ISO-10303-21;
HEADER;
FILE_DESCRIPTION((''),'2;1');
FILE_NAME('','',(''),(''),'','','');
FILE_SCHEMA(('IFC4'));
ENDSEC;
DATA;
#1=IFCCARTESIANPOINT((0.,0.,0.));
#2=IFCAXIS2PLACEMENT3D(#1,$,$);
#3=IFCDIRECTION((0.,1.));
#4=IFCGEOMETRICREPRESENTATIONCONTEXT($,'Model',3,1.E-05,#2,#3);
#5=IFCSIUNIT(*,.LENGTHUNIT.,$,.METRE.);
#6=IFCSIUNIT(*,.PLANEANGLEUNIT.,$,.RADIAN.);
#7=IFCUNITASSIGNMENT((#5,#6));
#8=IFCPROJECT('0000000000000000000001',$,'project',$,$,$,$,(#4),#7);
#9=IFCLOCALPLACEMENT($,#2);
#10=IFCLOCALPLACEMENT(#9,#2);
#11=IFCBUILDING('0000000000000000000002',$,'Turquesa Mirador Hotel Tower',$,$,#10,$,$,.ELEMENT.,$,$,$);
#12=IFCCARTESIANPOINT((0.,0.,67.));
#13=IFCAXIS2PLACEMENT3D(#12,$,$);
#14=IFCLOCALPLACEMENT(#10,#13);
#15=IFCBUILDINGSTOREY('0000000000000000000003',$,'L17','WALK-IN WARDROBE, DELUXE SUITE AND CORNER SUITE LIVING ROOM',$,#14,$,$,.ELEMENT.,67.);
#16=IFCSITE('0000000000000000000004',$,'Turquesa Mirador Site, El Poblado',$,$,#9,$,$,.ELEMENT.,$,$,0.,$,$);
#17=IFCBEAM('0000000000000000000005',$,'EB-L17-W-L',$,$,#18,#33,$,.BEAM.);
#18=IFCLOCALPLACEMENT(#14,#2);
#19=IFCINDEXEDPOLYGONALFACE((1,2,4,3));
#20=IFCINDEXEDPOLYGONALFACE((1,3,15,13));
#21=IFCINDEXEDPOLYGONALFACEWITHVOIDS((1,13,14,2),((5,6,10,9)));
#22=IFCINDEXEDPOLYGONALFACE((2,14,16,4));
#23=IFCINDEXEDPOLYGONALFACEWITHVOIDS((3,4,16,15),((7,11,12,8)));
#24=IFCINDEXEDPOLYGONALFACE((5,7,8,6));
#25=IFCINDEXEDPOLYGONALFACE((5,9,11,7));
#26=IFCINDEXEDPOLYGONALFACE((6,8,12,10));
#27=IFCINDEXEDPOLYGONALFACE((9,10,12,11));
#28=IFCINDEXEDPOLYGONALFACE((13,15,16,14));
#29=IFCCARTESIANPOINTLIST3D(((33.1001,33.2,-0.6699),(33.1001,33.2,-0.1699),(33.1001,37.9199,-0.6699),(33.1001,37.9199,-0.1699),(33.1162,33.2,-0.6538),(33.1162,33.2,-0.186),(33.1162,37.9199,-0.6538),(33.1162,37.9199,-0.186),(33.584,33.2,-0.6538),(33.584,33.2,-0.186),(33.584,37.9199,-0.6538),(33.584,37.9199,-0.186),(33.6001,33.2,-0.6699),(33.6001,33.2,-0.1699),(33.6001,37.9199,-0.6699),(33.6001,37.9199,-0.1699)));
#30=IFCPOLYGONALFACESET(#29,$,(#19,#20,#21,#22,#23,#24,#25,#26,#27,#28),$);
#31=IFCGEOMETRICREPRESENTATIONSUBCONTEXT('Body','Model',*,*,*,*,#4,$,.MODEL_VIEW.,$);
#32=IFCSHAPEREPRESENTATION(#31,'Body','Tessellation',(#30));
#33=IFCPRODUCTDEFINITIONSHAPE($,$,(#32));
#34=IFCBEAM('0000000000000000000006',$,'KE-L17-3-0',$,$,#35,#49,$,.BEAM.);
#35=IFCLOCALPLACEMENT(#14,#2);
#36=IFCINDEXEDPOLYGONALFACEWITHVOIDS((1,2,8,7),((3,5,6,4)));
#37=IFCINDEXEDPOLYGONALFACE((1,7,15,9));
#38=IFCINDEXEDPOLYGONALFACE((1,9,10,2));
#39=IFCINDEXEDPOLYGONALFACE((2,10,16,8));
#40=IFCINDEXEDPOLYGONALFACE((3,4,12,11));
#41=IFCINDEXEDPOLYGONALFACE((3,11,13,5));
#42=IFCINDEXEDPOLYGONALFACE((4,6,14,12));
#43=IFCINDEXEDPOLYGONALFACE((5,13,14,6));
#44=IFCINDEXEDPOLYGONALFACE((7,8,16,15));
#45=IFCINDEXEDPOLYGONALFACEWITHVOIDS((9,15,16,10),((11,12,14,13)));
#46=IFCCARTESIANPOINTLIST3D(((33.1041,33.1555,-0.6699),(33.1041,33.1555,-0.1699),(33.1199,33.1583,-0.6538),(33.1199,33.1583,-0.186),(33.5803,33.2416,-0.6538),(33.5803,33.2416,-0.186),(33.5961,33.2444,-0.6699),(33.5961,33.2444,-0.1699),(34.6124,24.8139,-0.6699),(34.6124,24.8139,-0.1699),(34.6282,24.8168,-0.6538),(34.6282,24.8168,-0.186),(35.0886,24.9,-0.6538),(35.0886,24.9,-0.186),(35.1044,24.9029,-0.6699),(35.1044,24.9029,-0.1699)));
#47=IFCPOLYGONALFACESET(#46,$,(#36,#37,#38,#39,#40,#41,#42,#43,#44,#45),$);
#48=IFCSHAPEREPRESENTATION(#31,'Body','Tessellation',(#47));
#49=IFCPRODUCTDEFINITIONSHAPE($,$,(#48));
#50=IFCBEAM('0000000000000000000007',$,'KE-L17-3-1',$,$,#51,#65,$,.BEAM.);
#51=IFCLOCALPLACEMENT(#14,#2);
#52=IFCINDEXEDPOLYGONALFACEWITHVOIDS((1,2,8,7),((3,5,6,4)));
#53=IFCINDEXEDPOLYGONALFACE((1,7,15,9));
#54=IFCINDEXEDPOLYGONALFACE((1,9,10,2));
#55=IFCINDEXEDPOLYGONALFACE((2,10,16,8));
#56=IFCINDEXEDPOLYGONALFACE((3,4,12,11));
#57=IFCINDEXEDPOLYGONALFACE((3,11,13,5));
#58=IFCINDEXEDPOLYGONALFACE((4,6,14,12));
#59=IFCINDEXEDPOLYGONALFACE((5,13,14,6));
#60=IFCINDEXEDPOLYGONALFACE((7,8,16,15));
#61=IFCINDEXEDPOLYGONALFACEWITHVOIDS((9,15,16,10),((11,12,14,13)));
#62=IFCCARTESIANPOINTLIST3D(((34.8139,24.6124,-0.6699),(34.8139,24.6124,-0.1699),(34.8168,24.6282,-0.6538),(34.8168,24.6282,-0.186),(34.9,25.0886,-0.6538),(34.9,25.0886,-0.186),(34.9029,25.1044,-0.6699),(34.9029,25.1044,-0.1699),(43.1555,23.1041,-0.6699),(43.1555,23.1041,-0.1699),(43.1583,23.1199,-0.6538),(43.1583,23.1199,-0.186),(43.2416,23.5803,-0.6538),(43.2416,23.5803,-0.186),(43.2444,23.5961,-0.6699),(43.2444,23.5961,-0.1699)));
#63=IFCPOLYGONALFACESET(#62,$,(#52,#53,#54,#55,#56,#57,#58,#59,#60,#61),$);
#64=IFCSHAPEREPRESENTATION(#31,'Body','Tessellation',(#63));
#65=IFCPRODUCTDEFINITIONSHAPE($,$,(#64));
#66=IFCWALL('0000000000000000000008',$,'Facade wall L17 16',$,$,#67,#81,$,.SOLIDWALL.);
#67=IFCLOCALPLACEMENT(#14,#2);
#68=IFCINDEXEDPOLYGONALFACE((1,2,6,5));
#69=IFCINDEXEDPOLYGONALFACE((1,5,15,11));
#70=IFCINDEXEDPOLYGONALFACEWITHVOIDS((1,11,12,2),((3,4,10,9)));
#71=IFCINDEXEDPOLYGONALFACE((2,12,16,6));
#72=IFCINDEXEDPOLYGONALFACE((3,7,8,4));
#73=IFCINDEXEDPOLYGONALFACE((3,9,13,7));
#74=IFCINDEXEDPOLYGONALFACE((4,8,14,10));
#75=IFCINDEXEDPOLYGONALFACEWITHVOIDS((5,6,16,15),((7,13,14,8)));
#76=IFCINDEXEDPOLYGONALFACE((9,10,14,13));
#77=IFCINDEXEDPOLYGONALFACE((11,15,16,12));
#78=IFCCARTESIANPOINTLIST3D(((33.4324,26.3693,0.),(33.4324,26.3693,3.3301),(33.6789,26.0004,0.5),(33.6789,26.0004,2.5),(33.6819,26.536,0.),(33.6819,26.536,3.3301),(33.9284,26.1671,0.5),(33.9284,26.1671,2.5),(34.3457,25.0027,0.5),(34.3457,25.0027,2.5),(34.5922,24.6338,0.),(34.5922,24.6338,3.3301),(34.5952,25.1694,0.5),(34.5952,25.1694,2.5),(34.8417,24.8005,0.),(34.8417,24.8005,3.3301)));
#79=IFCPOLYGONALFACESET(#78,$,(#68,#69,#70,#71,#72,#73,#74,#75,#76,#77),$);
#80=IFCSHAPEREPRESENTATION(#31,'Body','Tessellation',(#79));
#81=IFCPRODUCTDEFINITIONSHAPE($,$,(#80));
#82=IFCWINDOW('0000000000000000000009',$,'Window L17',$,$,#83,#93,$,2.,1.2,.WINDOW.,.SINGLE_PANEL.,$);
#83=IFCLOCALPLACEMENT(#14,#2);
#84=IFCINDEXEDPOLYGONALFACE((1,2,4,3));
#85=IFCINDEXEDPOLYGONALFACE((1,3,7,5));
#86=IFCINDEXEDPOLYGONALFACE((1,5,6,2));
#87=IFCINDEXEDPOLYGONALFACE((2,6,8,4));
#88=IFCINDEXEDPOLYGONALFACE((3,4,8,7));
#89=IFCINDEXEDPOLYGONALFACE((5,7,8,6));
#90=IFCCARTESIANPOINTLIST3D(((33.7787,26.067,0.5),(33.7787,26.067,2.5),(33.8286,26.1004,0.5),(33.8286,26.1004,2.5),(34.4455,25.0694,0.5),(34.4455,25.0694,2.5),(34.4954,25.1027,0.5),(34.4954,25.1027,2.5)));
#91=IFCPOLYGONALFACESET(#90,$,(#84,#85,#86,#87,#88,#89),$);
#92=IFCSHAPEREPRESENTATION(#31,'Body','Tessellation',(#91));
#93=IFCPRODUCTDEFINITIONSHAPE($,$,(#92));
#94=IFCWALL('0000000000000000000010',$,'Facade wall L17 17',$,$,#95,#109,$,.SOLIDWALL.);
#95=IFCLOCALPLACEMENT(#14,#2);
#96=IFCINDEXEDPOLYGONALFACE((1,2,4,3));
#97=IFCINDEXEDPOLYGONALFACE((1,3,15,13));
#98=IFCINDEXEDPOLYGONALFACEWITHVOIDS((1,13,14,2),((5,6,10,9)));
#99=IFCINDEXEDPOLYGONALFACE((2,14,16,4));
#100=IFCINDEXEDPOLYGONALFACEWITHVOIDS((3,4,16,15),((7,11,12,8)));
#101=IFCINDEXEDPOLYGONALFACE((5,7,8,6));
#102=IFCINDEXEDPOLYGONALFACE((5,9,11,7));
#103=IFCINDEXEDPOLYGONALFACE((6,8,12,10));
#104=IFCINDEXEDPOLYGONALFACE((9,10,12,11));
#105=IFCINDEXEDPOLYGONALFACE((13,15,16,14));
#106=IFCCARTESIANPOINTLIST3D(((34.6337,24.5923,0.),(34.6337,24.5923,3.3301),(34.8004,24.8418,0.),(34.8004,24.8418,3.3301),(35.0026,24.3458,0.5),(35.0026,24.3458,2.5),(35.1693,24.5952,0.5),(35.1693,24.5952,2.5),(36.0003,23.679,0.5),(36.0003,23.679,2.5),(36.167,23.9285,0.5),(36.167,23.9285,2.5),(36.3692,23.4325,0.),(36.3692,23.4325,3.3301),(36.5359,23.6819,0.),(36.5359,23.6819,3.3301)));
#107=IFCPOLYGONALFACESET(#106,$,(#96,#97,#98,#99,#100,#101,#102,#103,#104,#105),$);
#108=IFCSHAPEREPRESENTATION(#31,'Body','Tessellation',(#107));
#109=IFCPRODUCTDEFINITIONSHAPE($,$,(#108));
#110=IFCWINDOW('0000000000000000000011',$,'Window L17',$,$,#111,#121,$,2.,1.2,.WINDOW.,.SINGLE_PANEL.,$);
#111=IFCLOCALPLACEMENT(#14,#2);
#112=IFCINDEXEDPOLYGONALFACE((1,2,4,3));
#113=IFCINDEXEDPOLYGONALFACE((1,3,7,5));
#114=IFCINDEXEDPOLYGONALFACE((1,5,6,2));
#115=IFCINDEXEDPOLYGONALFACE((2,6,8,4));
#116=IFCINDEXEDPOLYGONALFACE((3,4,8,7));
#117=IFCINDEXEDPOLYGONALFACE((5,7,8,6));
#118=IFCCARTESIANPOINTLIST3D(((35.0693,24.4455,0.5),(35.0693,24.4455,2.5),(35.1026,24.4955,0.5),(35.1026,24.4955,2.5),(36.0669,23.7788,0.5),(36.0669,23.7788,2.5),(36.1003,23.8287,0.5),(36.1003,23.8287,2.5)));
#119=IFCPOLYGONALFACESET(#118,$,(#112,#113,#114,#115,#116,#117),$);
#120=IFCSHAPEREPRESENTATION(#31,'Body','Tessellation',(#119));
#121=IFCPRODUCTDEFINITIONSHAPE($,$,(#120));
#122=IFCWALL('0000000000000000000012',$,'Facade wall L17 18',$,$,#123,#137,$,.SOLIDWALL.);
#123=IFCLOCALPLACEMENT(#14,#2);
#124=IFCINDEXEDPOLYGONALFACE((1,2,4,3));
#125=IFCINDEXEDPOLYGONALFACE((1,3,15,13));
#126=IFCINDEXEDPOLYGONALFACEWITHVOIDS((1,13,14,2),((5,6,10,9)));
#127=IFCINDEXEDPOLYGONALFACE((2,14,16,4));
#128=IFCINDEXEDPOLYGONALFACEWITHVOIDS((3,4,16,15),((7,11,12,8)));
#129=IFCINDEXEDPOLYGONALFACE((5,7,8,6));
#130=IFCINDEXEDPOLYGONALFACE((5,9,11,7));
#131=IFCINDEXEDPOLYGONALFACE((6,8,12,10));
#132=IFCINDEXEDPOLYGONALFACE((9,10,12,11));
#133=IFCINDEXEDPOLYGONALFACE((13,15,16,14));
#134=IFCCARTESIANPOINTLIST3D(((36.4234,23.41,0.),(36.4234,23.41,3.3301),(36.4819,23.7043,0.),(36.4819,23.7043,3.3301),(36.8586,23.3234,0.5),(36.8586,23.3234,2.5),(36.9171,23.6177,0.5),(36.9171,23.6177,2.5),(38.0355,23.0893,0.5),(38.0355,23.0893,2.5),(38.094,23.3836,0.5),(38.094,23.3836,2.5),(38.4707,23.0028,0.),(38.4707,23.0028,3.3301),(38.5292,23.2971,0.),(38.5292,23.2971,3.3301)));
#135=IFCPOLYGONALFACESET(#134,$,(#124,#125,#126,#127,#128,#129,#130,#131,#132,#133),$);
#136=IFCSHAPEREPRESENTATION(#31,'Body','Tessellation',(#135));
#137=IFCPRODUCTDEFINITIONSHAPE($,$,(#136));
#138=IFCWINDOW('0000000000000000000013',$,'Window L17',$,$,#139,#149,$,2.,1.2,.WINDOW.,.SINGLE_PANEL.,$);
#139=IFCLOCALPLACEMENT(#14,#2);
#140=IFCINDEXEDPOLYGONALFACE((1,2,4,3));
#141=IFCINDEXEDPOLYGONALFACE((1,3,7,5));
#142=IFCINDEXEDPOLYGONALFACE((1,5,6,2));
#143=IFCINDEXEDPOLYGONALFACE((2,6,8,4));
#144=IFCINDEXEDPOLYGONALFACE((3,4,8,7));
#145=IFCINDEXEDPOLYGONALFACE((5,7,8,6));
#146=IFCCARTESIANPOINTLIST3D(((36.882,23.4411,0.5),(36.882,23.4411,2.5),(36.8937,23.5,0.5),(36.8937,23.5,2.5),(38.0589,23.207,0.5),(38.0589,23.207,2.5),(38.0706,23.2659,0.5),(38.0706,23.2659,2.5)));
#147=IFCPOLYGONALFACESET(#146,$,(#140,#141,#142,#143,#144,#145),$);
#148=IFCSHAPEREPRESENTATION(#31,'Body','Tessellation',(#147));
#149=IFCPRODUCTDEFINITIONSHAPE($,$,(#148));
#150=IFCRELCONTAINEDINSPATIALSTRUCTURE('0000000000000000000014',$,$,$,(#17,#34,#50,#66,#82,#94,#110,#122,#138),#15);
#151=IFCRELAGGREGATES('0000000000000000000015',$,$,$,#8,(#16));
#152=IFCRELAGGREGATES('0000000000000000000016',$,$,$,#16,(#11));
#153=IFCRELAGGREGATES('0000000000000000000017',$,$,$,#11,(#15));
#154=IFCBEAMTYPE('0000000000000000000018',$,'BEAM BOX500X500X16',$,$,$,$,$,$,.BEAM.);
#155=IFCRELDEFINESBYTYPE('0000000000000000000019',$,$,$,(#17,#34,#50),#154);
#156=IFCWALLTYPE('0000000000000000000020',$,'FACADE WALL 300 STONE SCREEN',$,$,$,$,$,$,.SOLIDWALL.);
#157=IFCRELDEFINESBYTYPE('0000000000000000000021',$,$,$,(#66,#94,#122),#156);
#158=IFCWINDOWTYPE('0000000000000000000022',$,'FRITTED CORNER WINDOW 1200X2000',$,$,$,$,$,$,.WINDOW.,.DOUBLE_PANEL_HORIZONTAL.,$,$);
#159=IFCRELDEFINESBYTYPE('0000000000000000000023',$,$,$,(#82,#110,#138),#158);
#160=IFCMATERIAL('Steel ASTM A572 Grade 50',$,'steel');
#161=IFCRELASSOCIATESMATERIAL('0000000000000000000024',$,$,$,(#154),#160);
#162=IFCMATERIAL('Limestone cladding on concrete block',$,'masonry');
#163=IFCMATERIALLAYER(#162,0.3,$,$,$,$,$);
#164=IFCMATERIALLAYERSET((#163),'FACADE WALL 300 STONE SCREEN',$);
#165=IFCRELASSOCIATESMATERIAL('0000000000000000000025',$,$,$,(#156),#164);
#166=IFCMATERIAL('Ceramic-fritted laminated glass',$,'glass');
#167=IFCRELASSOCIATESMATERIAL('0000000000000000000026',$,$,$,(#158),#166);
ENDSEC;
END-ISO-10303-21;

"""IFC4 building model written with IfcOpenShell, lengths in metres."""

from ifc_helpers import new_model, si_unit, direction, frame, frame_2d, origin, origin_2d, place, context, subcontext, project, spatial, rectangle, hollow_rectangle, extrude, material, layer, layer_set, material_profile, profile_set, type_object, element, fill, save


model = new_model("IFC4")

# Units and contexts
model_context = context("Model", 3, precision=1e-05, world=origin(), true_north=direction((0.0, 1.0)))
body_context = subcontext(model_context, "Body", "Model", "MODEL_VIEW")
ifc_project = project(units=[si_unit("LENGTHUNIT", "METRE"), si_unit("PLANEANGLEUNIT", "RADIAN")], contexts=[model_context])

# Site, building, storey
site_placement = place(None, origin())
site = spatial("IfcSite", under=ifc_project, at=site_placement, Name="Turquesa Mirador Site, El Poblado", CompositionType="ELEMENT", RefElevation=0.0)
building_placement = place(site_placement, origin())
building = spatial("IfcBuilding", under=site, at=building_placement, Name="Turquesa Mirador Hotel Tower", CompositionType="ELEMENT")
storey_placement = place(building_placement, frame((0.0, 0.0, 67.0)))
storey = spatial("IfcBuildingStorey", under=building, at=storey_placement, Name="L17", Description="WALK-IN WARDROBE, DELUXE SUITE AND CORNER SUITE LIVING ROOM", CompositionType="ELEMENT", Elevation=67.0)

# Beams
ifc_material_1 = material(Name="Steel ASTM A572 Grade 50", Category="steel")
ifc_material_profile = material_profile(ifc_material_1, hollow_rectangle(XDim=0.5, YDim=0.5, WallThickness=0.0161, at=origin_2d()), Name="BOX500X500X16")
ifc_profile_set = profile_set([ifc_material_profile], Name="Steel ASTM A572 Grade 50")
beam_type = type_object("IfcBeamType", Name="BEAM BOX500X500X16", PredefinedType="BEAM", material=ifc_profile_set)
beam_placement = place(storey_placement, frame((33.3501, 33.2, -0.4199), z_axis=(0.0, 1.0, 0.0), x_axis=(-1.0, 0.0, 0.0)))
element("IfcBeam", 1, at=beam_placement, inside=storey, type_object=beam_type, Name="EB-L17-W-L", PredefinedType="BEAM", context=body_context, shape_type="SweptSolid", body=[
    extrude(hollow_rectangle(XDim=0.5, YDim=0.5, WallThickness=0.0161, at=origin_2d()), origin(), (0.0, 0.0, 1.0), 4.72),
])
for number, where, z_axis, x_axis, name in (
    (2, (33.3501, 33.2, -0.4199), (0.177932, -0.984043, 0.0), (0.984043, 0.177932, 0.0), "KE-L17-3-0"),
    (3, (34.8584, 24.8584, -0.4199), (0.984043, -0.177932, 0.0), (0.177932, 0.984043, 0.0), "KE-L17-3-1"),
):
    element("IfcBeam", number, at=place(storey_placement, frame(where, z_axis=z_axis, x_axis=x_axis)), inside=storey, type_object=beam_type, Name=name, PredefinedType="BEAM", context=body_context, shape_type="SweptSolid", body=[
        extrude(hollow_rectangle(XDim=0.5, YDim=0.5, WallThickness=0.0161, at=origin_2d()), origin(), (0.0, 0.0, 1.0), 8.4768),
    ])

# Walls, openings, windows
ifc_material_2 = material(Name="Limestone cladding on concrete block", Category="masonry")
ifc_layer_1 = layer(ifc_material_2, 0.3)
ifc_layer_set_1 = layer_set([ifc_layer_1], Name="FACADE WALL 300 STONE SCREEN")
wall_type_1 = type_object("IfcWallType", Name="FACADE WALL 300 STONE SCREEN", PredefinedType="SOLIDWALL", material=ifc_layer_set_1)
wall_1_placement = place(storey_placement, frame((33.5571, 26.4526, 0.0), z_axis=(0.0, 0.0, 1.0), x_axis=(0.555644, -0.83142, 0.0)))
wall_1 = element("IfcWall", 4, at=wall_1_placement, inside=storey, type_object=wall_type_1, Name="Facade wall L17 16", PredefinedType="SOLIDWALL", context=body_context, shape_type="SweptSolid", body=[
    extrude(rectangle(XDim=2.0874, YDim=0.3, at=frame_2d((1.0437, 0.0))), origin(), (0.0, 0.0, 1.0), 3.3301),
])
opening_1_placement = place(wall_1_placement, frame((0.4436, 0.0, 0.5)))
opening_1 = element("IfcOpeningElement", 5, at=opening_1_placement, cuts=wall_1, PredefinedType="OPENING", context=body_context, shape_type="SweptSolid", body=[
    extrude(rectangle(XDim=1.2, YDim=2.0, at=frame_2d((0.6001, 1.0))), frame((0.0, 0.1599, 0.0), z_axis=(0.0, -1.0, 0.0), x_axis=(1.0, 0.0, 0.0)), (0.0, 0.0, 1.0), 0.3201),
])
ifc_material_3 = material(Name="Ceramic-fritted laminated glass", Category="glass")
window_type_1 = type_object("IfcWindowType", Name="FRITTED CORNER WINDOW 1200X2000", PartitioningType="DOUBLE_PANEL_HORIZONTAL", PredefinedType="WINDOW", material=ifc_material_3)
window_1_placement = place(opening_1_placement, origin())
window_1 = element("IfcWindow", 6, at=window_1_placement, inside=storey, type_object=window_type_1, Name="Window L17", OverallHeight=2.0, OverallWidth=1.2, PartitioningType="SINGLE_PANEL", PredefinedType="WINDOW", context=body_context, shape_type="SweptSolid", body=[
    extrude(rectangle(XDim=1.2, YDim=2.0, at=frame_2d((0.6001, 1.0))), frame((0.0, 0.03, 0.0), z_axis=(0.0, -1.0, 0.0), x_axis=(1.0, 0.0, 0.0)), (0.0, 0.0, 1.0), 0.0601),
])
fill(opening_1, window_1)
wall_2_placement = place(storey_placement, frame((34.717, 24.717, 0.0), z_axis=(0.0, 0.0, 1.0), x_axis=(0.83142, -0.555644, 0.0)))
wall_2 = element("IfcWall", 7, at=wall_2_placement, inside=storey, type_object=wall_type_1, Name="Facade wall L17 17", PredefinedType="SOLIDWALL", context=body_context, shape_type="SweptSolid", body=[
    extrude(rectangle(XDim=2.0874, YDim=0.3, at=frame_2d((1.0437, 0.0))), origin(), (0.0, 0.0, 1.0), 3.3301),
])
opening_2_placement = place(wall_2_placement, frame((0.4436, 0.0, 0.5)))
opening_2 = element("IfcOpeningElement", 8, at=opening_2_placement, cuts=wall_2, PredefinedType="OPENING", context=body_context, shape_type="SweptSolid", body=[
    extrude(rectangle(XDim=1.2, YDim=2.0, at=frame_2d((0.6001, 1.0))), frame((0.0, 0.1599, 0.0), z_axis=(0.0, -1.0, 0.0), x_axis=(1.0, 0.0, 0.0)), (0.0, 0.0, 1.0), 0.3201),
])
window_2_placement = place(opening_2_placement, origin())
window_2 = element("IfcWindow", 9, at=window_2_placement, inside=storey, type_object=window_type_1, Name="Window L17", OverallHeight=2.0, OverallWidth=1.2, PartitioningType="SINGLE_PANEL", PredefinedType="WINDOW", context=body_context, shape_type="SweptSolid", body=[
    extrude(rectangle(XDim=1.2, YDim=2.0, at=frame_2d((0.6001, 1.0))), frame((0.0, 0.03, 0.0), z_axis=(0.0, -1.0, 0.0), x_axis=(1.0, 0.0, 0.0)), (0.0, 0.0, 1.0), 0.0601),
])
fill(opening_2, window_2)
wall_3_placement = place(storey_placement, frame((36.4526, 23.5571, 0.0), z_axis=(0.0, 0.0, 1.0), x_axis=(0.980787, -0.195081, 0.0)))
wall_3 = element("IfcWall", 10, at=wall_3_placement, inside=storey, type_object=wall_type_1, Name="Facade wall L17 18", PredefinedType="SOLIDWALL", context=body_context, shape_type="SweptSolid", body=[
    extrude(rectangle(XDim=2.0874, YDim=0.3, at=frame_2d((1.0437, 0.0))), origin(), (0.0, 0.0, 1.0), 3.3301),
])
opening_3_placement = place(wall_3_placement, frame((0.4436, 0.0, 0.5)))
opening_3 = element("IfcOpeningElement", 11, at=opening_3_placement, cuts=wall_3, PredefinedType="OPENING", context=body_context, shape_type="SweptSolid", body=[
    extrude(rectangle(XDim=1.2, YDim=2.0, at=frame_2d((0.6001, 1.0))), frame((0.0, 0.1599, 0.0), z_axis=(0.0, -1.0, 0.0), x_axis=(1.0, 0.0, 0.0)), (0.0, 0.0, 1.0), 0.3201),
])
window_3_placement = place(opening_3_placement, origin())
window_3 = element("IfcWindow", 12, at=window_3_placement, inside=storey, type_object=window_type_1, Name="Window L17", OverallHeight=2.0, OverallWidth=1.2, PartitioningType="SINGLE_PANEL", PredefinedType="WINDOW", context=body_context, shape_type="SweptSolid", body=[
    extrude(rectangle(XDim=1.2, YDim=2.0, at=frame_2d((0.6001, 1.0))), frame((0.0, 0.03, 0.0), z_axis=(0.0, -1.0, 0.0), x_axis=(1.0, 0.0, 0.0)), (0.0, 0.0, 1.0), 0.0601),
])
fill(opening_3, window_3)

save(model, "model.ifc")
